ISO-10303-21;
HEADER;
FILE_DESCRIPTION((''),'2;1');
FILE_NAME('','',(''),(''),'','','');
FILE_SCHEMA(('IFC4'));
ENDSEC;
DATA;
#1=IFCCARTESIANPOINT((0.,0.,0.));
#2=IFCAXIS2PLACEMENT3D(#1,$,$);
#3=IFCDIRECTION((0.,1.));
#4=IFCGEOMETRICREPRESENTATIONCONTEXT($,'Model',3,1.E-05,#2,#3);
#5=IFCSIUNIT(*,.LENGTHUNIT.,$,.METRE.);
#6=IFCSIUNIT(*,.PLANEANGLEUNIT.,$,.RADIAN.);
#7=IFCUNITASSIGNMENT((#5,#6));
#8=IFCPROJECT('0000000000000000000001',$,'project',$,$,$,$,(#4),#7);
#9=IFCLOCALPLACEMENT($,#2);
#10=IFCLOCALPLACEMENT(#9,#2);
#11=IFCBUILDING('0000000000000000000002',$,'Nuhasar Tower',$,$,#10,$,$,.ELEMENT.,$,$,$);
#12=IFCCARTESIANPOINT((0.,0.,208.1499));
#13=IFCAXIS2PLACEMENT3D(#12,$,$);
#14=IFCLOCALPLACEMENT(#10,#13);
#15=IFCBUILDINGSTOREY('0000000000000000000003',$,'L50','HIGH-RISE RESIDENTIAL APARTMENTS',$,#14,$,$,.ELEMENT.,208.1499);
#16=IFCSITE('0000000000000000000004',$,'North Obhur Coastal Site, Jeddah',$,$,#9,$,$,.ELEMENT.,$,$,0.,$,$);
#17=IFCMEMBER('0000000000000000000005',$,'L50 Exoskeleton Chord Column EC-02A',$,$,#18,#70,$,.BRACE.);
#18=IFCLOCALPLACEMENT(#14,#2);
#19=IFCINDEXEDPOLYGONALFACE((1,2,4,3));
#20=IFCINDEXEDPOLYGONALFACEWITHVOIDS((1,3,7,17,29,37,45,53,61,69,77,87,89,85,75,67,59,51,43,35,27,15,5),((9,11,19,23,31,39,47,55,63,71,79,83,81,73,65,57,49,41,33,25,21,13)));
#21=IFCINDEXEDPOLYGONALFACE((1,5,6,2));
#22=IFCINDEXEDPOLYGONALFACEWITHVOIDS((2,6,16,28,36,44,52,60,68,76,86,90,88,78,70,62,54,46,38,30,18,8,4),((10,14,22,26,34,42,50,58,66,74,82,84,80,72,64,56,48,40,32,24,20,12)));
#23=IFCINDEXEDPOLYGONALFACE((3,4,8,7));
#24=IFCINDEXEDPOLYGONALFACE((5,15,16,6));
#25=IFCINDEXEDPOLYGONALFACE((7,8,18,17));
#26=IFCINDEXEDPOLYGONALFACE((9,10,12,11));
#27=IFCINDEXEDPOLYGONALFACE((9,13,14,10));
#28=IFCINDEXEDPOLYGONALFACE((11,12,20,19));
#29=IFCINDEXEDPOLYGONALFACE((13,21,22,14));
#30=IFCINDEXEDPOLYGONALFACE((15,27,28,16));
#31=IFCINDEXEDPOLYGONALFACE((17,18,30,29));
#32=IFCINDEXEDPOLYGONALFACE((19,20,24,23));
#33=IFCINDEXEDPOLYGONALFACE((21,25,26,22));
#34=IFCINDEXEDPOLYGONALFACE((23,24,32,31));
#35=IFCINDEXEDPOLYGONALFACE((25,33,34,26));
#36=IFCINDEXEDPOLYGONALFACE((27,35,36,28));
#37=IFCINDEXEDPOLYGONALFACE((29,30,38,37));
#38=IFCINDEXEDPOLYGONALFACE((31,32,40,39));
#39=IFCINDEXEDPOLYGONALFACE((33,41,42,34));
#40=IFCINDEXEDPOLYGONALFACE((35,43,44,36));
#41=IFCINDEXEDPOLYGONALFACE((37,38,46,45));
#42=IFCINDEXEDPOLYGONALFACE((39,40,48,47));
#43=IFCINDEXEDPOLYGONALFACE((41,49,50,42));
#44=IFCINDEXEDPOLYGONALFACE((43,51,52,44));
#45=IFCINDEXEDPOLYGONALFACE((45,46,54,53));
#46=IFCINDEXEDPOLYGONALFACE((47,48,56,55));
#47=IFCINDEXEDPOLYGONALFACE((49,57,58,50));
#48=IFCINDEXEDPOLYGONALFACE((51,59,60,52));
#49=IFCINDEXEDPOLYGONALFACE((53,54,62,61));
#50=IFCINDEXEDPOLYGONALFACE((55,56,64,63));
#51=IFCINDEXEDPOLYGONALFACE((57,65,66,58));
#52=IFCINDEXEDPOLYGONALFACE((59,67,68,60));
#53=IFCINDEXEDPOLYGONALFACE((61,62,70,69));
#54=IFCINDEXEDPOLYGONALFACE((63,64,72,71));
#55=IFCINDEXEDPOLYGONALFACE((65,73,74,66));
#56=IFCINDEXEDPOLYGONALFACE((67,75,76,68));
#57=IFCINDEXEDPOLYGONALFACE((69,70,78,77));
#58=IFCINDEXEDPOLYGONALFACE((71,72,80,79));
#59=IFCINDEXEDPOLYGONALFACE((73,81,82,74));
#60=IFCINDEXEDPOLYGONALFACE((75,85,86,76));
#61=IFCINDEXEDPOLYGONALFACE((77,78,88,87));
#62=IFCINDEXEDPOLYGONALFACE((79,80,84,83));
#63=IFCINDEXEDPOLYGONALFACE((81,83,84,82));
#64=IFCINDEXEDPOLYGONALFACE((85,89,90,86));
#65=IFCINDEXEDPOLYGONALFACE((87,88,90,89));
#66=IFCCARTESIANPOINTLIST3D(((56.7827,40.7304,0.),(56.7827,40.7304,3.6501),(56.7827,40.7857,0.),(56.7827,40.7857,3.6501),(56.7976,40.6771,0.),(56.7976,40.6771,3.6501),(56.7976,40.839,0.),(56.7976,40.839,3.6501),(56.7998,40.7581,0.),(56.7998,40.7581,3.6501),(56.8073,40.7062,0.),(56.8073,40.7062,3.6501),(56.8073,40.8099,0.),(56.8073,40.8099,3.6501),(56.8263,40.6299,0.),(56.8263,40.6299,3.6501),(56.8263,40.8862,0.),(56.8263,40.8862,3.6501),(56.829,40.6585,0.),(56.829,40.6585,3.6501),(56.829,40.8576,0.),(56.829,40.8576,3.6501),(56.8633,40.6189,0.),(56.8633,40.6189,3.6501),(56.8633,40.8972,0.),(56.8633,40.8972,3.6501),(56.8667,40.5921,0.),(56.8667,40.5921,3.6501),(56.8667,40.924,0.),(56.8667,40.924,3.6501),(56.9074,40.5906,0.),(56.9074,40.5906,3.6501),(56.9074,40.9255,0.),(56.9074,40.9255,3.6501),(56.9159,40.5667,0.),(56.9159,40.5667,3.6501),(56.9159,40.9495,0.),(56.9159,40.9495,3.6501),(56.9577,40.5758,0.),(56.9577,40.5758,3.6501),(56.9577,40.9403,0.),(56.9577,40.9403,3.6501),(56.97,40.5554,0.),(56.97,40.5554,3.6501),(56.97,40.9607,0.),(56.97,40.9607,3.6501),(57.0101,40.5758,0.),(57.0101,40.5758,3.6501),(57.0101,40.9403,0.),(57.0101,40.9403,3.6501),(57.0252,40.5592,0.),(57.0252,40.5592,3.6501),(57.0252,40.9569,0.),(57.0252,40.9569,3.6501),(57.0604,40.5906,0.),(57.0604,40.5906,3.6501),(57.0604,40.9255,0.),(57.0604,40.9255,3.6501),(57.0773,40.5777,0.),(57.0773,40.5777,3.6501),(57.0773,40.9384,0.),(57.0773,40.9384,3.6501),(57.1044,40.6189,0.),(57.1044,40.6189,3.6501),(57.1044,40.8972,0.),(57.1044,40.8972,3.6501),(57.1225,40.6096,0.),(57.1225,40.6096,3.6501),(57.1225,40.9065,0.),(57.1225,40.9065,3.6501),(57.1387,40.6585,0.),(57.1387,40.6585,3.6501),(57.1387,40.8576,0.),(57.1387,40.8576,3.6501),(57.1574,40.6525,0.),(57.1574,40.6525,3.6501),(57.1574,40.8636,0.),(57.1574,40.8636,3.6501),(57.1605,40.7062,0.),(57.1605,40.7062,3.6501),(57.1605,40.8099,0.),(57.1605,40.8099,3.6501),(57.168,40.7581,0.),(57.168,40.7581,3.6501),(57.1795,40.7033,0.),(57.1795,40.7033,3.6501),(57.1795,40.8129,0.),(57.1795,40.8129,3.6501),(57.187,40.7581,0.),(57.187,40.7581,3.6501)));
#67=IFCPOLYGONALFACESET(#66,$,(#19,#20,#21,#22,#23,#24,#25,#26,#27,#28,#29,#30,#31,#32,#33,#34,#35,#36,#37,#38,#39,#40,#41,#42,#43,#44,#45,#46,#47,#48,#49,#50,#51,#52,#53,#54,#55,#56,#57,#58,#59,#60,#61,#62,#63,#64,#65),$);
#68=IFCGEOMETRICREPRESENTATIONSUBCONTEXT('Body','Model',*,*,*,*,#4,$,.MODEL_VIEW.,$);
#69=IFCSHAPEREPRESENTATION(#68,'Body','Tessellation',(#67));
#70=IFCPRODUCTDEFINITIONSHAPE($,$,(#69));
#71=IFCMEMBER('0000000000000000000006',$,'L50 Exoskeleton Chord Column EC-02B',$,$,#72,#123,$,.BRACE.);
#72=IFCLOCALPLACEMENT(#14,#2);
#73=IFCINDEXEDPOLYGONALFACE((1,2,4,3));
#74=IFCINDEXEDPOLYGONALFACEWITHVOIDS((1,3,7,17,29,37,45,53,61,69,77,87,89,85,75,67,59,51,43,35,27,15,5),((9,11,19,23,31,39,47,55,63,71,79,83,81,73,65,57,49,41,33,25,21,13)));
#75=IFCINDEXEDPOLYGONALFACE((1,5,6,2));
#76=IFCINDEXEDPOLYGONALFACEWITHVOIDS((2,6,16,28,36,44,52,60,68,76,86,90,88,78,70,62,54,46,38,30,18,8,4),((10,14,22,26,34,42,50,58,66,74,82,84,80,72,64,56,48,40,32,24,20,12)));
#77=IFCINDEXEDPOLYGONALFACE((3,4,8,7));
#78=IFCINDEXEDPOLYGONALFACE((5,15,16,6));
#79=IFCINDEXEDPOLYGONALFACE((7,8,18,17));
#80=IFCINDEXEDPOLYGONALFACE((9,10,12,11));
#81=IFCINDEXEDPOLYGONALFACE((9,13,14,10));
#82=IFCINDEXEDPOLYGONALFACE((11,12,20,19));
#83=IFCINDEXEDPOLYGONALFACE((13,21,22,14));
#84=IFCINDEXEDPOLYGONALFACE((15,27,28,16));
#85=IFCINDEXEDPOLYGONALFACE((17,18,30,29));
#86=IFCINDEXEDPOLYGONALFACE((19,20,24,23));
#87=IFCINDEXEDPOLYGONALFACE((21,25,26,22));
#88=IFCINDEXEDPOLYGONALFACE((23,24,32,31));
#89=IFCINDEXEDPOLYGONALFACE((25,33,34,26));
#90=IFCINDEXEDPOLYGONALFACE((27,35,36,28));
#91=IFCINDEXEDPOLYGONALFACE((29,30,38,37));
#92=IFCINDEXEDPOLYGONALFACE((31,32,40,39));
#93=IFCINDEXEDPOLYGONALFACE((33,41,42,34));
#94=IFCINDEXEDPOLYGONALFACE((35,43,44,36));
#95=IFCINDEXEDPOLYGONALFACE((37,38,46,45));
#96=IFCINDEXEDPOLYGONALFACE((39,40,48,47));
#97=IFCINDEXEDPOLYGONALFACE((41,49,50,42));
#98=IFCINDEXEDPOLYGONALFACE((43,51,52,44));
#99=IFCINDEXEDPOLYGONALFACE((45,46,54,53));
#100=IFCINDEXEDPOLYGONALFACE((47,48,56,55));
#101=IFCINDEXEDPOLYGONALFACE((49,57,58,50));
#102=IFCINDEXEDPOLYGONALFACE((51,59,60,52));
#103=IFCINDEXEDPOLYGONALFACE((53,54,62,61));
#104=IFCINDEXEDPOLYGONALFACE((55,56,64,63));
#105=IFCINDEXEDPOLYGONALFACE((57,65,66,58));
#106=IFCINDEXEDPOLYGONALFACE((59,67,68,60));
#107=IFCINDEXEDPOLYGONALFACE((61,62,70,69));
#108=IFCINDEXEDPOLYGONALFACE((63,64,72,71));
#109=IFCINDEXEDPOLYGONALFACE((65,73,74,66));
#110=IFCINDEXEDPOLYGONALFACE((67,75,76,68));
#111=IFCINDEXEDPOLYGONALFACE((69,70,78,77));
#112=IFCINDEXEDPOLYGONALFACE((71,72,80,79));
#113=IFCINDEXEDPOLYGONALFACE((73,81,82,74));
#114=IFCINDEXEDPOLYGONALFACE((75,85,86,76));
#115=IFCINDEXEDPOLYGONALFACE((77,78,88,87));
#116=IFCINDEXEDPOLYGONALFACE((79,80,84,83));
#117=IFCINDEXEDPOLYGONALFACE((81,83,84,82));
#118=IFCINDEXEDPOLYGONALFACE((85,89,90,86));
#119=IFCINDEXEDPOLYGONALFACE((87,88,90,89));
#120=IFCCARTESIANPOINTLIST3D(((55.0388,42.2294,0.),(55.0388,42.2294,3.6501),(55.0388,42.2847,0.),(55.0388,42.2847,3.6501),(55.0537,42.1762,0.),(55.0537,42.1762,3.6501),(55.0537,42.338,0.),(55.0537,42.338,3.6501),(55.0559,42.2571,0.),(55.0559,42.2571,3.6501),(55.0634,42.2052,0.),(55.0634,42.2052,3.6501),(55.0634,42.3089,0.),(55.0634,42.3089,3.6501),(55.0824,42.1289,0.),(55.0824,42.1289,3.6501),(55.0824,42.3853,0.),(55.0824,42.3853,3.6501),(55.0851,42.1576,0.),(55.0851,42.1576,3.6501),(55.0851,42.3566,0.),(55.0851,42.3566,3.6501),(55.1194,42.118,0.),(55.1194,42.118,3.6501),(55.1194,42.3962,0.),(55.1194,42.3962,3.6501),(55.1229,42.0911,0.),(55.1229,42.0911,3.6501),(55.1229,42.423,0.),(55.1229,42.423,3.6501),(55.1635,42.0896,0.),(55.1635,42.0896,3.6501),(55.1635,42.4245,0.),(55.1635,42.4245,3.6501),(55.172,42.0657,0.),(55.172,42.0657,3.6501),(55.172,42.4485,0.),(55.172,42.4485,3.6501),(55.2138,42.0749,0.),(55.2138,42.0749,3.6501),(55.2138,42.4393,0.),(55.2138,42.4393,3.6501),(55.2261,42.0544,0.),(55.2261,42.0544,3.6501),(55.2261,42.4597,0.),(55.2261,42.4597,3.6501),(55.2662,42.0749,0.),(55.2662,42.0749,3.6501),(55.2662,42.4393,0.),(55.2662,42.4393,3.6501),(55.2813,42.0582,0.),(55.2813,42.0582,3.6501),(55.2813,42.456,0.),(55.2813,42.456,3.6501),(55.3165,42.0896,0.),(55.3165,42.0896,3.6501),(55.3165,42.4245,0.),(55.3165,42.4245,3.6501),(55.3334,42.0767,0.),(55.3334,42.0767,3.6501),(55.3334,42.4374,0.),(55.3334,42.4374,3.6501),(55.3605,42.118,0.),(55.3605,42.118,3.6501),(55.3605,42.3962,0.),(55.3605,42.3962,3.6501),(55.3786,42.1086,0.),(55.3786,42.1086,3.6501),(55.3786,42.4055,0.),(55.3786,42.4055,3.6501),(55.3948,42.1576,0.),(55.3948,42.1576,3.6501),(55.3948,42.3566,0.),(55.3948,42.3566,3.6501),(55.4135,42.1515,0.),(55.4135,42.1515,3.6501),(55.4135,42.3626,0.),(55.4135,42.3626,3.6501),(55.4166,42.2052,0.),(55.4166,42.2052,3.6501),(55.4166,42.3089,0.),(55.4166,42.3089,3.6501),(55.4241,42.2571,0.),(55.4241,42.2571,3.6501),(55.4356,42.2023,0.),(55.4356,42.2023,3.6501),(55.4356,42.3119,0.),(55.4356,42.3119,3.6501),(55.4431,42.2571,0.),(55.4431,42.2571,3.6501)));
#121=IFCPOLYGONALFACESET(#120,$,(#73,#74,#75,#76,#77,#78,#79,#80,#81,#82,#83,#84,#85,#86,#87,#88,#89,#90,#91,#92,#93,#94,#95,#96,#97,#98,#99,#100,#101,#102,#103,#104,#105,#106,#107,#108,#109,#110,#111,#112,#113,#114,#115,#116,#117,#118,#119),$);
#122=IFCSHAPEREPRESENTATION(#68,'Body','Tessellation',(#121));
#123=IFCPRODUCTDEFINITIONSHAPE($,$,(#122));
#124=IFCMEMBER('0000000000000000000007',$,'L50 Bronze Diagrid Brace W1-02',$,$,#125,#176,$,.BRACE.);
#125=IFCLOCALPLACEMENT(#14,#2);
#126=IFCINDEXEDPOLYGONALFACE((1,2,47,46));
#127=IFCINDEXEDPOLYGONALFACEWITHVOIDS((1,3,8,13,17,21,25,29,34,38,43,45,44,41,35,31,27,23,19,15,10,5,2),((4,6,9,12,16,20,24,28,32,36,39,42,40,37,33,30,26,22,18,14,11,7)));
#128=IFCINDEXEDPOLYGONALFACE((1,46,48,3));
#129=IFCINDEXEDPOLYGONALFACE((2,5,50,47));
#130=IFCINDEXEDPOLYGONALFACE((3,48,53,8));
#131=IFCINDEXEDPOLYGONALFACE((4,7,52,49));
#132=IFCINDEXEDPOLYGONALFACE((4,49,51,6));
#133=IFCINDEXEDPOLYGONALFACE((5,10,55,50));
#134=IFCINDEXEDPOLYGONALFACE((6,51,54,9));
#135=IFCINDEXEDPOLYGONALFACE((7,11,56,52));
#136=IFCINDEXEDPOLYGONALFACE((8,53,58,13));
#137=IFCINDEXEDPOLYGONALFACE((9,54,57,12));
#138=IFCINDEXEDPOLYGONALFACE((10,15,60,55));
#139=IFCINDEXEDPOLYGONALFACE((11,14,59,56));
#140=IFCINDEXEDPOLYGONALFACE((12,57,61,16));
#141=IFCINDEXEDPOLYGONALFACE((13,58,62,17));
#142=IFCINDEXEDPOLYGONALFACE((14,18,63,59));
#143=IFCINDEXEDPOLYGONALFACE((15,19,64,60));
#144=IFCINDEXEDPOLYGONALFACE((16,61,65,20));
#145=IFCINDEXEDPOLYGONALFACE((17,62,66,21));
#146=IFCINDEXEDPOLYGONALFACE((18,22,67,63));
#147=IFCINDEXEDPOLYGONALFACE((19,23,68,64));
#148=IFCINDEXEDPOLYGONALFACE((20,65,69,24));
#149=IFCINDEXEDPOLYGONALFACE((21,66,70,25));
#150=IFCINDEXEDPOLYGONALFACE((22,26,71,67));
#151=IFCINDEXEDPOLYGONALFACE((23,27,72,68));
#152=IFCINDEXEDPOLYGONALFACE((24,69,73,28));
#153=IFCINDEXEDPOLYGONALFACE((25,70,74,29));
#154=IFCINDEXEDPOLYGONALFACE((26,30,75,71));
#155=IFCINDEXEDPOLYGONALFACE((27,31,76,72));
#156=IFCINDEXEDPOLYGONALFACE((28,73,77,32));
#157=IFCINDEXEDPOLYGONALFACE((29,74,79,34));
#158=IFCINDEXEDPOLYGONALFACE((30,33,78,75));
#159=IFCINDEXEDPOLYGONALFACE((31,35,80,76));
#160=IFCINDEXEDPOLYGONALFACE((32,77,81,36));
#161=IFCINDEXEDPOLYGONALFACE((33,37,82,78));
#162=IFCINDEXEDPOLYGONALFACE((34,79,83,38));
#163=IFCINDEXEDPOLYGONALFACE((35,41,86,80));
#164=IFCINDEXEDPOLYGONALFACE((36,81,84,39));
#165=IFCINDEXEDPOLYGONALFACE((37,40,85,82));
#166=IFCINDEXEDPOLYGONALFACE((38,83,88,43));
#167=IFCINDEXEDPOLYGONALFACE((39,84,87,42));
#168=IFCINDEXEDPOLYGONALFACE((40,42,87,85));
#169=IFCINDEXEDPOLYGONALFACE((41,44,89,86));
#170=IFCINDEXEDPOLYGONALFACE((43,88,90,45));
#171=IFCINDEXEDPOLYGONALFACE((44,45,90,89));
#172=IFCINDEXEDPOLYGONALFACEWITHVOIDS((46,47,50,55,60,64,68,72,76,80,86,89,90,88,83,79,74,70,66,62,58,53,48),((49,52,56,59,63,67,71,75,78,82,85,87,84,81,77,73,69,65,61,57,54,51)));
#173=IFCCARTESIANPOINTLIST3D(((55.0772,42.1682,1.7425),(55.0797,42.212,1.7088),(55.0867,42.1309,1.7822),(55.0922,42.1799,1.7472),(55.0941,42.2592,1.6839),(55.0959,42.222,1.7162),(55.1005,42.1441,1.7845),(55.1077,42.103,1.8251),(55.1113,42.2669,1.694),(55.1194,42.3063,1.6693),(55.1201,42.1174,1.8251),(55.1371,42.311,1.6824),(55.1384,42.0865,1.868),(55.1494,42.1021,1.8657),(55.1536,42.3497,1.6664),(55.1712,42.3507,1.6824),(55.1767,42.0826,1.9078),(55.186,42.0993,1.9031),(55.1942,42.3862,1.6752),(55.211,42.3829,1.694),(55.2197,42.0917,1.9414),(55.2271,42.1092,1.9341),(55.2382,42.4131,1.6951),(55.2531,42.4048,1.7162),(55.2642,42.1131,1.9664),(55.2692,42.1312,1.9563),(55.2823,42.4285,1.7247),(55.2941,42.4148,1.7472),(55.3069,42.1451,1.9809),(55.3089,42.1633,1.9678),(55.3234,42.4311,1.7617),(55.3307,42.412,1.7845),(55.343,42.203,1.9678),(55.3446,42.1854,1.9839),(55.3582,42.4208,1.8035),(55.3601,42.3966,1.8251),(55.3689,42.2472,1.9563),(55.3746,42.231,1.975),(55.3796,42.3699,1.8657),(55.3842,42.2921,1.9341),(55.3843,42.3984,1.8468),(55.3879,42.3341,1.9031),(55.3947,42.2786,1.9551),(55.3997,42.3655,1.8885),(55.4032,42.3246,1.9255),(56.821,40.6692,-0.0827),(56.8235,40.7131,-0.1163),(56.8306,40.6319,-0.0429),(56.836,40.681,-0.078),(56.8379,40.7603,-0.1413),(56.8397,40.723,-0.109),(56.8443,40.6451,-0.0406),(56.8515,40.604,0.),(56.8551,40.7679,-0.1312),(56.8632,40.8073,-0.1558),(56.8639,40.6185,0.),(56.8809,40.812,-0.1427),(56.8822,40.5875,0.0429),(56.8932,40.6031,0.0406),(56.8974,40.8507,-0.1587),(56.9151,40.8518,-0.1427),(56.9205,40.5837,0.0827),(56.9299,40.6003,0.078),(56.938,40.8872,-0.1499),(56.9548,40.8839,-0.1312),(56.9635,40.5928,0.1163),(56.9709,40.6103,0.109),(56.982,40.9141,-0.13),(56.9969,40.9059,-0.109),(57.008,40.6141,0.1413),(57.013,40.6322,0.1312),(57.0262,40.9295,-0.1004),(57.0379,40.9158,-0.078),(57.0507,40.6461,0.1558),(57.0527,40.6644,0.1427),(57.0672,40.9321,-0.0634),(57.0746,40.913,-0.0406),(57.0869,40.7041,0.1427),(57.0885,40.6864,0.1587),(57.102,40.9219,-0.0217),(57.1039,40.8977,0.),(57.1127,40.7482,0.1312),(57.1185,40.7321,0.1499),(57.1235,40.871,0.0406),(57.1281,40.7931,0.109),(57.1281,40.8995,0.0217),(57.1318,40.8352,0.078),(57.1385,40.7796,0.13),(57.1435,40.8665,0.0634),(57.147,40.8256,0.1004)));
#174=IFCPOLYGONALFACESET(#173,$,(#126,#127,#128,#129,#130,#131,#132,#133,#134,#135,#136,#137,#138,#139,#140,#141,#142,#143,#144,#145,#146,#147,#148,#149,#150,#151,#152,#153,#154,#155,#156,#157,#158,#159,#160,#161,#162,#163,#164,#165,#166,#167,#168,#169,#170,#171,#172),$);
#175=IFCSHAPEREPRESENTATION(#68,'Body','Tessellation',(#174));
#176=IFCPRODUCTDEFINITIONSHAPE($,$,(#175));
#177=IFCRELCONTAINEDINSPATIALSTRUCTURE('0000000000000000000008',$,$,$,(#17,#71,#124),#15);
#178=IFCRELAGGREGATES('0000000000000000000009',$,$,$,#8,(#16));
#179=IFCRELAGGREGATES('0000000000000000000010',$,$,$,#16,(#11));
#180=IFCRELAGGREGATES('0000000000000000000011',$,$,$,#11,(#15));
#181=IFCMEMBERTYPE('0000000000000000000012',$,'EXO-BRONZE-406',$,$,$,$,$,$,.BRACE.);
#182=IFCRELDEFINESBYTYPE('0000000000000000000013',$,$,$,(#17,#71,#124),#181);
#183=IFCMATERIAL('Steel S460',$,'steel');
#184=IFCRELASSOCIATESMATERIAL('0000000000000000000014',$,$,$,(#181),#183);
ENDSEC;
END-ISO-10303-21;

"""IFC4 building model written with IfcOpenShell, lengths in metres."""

from ifc_helpers import new_model, si_unit, direction, frame, origin, origin_2d, place, context, subcontext, project, spatial, hollow_circle, extrude, material, material_profile, profile_set, type_object, element, save


model = new_model("IFC4")

# Units and contexts
model_context = context("Model", 3, precision=1e-05, world=origin(), true_north=direction((0.0, 1.0)))
body_context = subcontext(model_context, "Body", "Model", "MODEL_VIEW")
ifc_project = project(units=[si_unit("LENGTHUNIT", "METRE"), si_unit("PLANEANGLEUNIT", "RADIAN")], contexts=[model_context])

# Site, building, storey
site_placement = place(None, origin())
site = spatial("IfcSite", under=ifc_project, at=site_placement, Name="North Obhur Coastal Site, Jeddah", CompositionType="ELEMENT", RefElevation=0.0)
building_placement = place(site_placement, origin())
building = spatial("IfcBuilding", under=site, at=building_placement, Name="Nuhasar Tower", CompositionType="ELEMENT")
storey_placement = place(building_placement, frame((0.0, 0.0, 208.1499)))
storey = spatial("IfcBuildingStorey", under=building, at=storey_placement, Name="L50", Description="HIGH-RISE RESIDENTIAL APARTMENTS", CompositionType="ELEMENT", Elevation=208.1499)

# Members
ifc_material_1 = material(Name="Steel S460", Category="steel")
ifc_material_profile_1 = material_profile(ifc_material_1, hollow_circle(Radius=0.2031, WallThickness=0.019, at=origin_2d()), Name="HSS406.4X19.1")
ifc_profile_set_1 = profile_set([ifc_material_profile_1], Name="Steel S460")
member_type_1 = type_object("IfcMemberType", Name="EXO-BRONZE-406", PredefinedType="BRACE", material=ifc_profile_set_1)
for number, where, z_axis, x_axis, name in (
    (1, (56.9839, 40.7581, 0.0), (0.0, 0.0, 1.0), (1.0, 0.0, 0.0), "L50 Exoskeleton Chord Column EC-02A"),
    (2, (55.24, 42.2571, 0.0), (0.0, 0.0, 1.0), (1.0, 0.0, 0.0), "L50 Exoskeleton Chord Column EC-02B"),
):
    element("IfcMember", number, at=place(storey_placement, frame(where, z_axis=z_axis, x_axis=x_axis)), inside=storey, type_object=member_type_1, Name=name, PredefinedType="BRACE", context=body_context, shape_type="SweptSolid", body=[
        extrude(hollow_circle(Radius=0.2031, WallThickness=0.019, at=origin_2d()), origin(), (0.0, 0.0, 1.0), 3.6501),
    ])
for number, where, z_axis, x_axis, name in (
    (3, (56.9839, 40.7581, 0.0), (-0.593988, 0.510582, 0.621679), (-0.651857, -0.758342, 0.0), "L50 Bronze Diagrid Brace W1-02"),
):
    element("IfcMember", number, at=place(storey_placement, frame(where, z_axis=z_axis, x_axis=x_axis)), inside=storey, type_object=member_type_1, Name=name, PredefinedType="BRACE", context=body_context, shape_type="SweptSolid", body=[
        extrude(hollow_circle(Radius=0.2031, WallThickness=0.019, at=origin_2d()), origin(), (0.0, 0.0, 1.0), 2.9358),
    ])

save(model, "model.ifc")
